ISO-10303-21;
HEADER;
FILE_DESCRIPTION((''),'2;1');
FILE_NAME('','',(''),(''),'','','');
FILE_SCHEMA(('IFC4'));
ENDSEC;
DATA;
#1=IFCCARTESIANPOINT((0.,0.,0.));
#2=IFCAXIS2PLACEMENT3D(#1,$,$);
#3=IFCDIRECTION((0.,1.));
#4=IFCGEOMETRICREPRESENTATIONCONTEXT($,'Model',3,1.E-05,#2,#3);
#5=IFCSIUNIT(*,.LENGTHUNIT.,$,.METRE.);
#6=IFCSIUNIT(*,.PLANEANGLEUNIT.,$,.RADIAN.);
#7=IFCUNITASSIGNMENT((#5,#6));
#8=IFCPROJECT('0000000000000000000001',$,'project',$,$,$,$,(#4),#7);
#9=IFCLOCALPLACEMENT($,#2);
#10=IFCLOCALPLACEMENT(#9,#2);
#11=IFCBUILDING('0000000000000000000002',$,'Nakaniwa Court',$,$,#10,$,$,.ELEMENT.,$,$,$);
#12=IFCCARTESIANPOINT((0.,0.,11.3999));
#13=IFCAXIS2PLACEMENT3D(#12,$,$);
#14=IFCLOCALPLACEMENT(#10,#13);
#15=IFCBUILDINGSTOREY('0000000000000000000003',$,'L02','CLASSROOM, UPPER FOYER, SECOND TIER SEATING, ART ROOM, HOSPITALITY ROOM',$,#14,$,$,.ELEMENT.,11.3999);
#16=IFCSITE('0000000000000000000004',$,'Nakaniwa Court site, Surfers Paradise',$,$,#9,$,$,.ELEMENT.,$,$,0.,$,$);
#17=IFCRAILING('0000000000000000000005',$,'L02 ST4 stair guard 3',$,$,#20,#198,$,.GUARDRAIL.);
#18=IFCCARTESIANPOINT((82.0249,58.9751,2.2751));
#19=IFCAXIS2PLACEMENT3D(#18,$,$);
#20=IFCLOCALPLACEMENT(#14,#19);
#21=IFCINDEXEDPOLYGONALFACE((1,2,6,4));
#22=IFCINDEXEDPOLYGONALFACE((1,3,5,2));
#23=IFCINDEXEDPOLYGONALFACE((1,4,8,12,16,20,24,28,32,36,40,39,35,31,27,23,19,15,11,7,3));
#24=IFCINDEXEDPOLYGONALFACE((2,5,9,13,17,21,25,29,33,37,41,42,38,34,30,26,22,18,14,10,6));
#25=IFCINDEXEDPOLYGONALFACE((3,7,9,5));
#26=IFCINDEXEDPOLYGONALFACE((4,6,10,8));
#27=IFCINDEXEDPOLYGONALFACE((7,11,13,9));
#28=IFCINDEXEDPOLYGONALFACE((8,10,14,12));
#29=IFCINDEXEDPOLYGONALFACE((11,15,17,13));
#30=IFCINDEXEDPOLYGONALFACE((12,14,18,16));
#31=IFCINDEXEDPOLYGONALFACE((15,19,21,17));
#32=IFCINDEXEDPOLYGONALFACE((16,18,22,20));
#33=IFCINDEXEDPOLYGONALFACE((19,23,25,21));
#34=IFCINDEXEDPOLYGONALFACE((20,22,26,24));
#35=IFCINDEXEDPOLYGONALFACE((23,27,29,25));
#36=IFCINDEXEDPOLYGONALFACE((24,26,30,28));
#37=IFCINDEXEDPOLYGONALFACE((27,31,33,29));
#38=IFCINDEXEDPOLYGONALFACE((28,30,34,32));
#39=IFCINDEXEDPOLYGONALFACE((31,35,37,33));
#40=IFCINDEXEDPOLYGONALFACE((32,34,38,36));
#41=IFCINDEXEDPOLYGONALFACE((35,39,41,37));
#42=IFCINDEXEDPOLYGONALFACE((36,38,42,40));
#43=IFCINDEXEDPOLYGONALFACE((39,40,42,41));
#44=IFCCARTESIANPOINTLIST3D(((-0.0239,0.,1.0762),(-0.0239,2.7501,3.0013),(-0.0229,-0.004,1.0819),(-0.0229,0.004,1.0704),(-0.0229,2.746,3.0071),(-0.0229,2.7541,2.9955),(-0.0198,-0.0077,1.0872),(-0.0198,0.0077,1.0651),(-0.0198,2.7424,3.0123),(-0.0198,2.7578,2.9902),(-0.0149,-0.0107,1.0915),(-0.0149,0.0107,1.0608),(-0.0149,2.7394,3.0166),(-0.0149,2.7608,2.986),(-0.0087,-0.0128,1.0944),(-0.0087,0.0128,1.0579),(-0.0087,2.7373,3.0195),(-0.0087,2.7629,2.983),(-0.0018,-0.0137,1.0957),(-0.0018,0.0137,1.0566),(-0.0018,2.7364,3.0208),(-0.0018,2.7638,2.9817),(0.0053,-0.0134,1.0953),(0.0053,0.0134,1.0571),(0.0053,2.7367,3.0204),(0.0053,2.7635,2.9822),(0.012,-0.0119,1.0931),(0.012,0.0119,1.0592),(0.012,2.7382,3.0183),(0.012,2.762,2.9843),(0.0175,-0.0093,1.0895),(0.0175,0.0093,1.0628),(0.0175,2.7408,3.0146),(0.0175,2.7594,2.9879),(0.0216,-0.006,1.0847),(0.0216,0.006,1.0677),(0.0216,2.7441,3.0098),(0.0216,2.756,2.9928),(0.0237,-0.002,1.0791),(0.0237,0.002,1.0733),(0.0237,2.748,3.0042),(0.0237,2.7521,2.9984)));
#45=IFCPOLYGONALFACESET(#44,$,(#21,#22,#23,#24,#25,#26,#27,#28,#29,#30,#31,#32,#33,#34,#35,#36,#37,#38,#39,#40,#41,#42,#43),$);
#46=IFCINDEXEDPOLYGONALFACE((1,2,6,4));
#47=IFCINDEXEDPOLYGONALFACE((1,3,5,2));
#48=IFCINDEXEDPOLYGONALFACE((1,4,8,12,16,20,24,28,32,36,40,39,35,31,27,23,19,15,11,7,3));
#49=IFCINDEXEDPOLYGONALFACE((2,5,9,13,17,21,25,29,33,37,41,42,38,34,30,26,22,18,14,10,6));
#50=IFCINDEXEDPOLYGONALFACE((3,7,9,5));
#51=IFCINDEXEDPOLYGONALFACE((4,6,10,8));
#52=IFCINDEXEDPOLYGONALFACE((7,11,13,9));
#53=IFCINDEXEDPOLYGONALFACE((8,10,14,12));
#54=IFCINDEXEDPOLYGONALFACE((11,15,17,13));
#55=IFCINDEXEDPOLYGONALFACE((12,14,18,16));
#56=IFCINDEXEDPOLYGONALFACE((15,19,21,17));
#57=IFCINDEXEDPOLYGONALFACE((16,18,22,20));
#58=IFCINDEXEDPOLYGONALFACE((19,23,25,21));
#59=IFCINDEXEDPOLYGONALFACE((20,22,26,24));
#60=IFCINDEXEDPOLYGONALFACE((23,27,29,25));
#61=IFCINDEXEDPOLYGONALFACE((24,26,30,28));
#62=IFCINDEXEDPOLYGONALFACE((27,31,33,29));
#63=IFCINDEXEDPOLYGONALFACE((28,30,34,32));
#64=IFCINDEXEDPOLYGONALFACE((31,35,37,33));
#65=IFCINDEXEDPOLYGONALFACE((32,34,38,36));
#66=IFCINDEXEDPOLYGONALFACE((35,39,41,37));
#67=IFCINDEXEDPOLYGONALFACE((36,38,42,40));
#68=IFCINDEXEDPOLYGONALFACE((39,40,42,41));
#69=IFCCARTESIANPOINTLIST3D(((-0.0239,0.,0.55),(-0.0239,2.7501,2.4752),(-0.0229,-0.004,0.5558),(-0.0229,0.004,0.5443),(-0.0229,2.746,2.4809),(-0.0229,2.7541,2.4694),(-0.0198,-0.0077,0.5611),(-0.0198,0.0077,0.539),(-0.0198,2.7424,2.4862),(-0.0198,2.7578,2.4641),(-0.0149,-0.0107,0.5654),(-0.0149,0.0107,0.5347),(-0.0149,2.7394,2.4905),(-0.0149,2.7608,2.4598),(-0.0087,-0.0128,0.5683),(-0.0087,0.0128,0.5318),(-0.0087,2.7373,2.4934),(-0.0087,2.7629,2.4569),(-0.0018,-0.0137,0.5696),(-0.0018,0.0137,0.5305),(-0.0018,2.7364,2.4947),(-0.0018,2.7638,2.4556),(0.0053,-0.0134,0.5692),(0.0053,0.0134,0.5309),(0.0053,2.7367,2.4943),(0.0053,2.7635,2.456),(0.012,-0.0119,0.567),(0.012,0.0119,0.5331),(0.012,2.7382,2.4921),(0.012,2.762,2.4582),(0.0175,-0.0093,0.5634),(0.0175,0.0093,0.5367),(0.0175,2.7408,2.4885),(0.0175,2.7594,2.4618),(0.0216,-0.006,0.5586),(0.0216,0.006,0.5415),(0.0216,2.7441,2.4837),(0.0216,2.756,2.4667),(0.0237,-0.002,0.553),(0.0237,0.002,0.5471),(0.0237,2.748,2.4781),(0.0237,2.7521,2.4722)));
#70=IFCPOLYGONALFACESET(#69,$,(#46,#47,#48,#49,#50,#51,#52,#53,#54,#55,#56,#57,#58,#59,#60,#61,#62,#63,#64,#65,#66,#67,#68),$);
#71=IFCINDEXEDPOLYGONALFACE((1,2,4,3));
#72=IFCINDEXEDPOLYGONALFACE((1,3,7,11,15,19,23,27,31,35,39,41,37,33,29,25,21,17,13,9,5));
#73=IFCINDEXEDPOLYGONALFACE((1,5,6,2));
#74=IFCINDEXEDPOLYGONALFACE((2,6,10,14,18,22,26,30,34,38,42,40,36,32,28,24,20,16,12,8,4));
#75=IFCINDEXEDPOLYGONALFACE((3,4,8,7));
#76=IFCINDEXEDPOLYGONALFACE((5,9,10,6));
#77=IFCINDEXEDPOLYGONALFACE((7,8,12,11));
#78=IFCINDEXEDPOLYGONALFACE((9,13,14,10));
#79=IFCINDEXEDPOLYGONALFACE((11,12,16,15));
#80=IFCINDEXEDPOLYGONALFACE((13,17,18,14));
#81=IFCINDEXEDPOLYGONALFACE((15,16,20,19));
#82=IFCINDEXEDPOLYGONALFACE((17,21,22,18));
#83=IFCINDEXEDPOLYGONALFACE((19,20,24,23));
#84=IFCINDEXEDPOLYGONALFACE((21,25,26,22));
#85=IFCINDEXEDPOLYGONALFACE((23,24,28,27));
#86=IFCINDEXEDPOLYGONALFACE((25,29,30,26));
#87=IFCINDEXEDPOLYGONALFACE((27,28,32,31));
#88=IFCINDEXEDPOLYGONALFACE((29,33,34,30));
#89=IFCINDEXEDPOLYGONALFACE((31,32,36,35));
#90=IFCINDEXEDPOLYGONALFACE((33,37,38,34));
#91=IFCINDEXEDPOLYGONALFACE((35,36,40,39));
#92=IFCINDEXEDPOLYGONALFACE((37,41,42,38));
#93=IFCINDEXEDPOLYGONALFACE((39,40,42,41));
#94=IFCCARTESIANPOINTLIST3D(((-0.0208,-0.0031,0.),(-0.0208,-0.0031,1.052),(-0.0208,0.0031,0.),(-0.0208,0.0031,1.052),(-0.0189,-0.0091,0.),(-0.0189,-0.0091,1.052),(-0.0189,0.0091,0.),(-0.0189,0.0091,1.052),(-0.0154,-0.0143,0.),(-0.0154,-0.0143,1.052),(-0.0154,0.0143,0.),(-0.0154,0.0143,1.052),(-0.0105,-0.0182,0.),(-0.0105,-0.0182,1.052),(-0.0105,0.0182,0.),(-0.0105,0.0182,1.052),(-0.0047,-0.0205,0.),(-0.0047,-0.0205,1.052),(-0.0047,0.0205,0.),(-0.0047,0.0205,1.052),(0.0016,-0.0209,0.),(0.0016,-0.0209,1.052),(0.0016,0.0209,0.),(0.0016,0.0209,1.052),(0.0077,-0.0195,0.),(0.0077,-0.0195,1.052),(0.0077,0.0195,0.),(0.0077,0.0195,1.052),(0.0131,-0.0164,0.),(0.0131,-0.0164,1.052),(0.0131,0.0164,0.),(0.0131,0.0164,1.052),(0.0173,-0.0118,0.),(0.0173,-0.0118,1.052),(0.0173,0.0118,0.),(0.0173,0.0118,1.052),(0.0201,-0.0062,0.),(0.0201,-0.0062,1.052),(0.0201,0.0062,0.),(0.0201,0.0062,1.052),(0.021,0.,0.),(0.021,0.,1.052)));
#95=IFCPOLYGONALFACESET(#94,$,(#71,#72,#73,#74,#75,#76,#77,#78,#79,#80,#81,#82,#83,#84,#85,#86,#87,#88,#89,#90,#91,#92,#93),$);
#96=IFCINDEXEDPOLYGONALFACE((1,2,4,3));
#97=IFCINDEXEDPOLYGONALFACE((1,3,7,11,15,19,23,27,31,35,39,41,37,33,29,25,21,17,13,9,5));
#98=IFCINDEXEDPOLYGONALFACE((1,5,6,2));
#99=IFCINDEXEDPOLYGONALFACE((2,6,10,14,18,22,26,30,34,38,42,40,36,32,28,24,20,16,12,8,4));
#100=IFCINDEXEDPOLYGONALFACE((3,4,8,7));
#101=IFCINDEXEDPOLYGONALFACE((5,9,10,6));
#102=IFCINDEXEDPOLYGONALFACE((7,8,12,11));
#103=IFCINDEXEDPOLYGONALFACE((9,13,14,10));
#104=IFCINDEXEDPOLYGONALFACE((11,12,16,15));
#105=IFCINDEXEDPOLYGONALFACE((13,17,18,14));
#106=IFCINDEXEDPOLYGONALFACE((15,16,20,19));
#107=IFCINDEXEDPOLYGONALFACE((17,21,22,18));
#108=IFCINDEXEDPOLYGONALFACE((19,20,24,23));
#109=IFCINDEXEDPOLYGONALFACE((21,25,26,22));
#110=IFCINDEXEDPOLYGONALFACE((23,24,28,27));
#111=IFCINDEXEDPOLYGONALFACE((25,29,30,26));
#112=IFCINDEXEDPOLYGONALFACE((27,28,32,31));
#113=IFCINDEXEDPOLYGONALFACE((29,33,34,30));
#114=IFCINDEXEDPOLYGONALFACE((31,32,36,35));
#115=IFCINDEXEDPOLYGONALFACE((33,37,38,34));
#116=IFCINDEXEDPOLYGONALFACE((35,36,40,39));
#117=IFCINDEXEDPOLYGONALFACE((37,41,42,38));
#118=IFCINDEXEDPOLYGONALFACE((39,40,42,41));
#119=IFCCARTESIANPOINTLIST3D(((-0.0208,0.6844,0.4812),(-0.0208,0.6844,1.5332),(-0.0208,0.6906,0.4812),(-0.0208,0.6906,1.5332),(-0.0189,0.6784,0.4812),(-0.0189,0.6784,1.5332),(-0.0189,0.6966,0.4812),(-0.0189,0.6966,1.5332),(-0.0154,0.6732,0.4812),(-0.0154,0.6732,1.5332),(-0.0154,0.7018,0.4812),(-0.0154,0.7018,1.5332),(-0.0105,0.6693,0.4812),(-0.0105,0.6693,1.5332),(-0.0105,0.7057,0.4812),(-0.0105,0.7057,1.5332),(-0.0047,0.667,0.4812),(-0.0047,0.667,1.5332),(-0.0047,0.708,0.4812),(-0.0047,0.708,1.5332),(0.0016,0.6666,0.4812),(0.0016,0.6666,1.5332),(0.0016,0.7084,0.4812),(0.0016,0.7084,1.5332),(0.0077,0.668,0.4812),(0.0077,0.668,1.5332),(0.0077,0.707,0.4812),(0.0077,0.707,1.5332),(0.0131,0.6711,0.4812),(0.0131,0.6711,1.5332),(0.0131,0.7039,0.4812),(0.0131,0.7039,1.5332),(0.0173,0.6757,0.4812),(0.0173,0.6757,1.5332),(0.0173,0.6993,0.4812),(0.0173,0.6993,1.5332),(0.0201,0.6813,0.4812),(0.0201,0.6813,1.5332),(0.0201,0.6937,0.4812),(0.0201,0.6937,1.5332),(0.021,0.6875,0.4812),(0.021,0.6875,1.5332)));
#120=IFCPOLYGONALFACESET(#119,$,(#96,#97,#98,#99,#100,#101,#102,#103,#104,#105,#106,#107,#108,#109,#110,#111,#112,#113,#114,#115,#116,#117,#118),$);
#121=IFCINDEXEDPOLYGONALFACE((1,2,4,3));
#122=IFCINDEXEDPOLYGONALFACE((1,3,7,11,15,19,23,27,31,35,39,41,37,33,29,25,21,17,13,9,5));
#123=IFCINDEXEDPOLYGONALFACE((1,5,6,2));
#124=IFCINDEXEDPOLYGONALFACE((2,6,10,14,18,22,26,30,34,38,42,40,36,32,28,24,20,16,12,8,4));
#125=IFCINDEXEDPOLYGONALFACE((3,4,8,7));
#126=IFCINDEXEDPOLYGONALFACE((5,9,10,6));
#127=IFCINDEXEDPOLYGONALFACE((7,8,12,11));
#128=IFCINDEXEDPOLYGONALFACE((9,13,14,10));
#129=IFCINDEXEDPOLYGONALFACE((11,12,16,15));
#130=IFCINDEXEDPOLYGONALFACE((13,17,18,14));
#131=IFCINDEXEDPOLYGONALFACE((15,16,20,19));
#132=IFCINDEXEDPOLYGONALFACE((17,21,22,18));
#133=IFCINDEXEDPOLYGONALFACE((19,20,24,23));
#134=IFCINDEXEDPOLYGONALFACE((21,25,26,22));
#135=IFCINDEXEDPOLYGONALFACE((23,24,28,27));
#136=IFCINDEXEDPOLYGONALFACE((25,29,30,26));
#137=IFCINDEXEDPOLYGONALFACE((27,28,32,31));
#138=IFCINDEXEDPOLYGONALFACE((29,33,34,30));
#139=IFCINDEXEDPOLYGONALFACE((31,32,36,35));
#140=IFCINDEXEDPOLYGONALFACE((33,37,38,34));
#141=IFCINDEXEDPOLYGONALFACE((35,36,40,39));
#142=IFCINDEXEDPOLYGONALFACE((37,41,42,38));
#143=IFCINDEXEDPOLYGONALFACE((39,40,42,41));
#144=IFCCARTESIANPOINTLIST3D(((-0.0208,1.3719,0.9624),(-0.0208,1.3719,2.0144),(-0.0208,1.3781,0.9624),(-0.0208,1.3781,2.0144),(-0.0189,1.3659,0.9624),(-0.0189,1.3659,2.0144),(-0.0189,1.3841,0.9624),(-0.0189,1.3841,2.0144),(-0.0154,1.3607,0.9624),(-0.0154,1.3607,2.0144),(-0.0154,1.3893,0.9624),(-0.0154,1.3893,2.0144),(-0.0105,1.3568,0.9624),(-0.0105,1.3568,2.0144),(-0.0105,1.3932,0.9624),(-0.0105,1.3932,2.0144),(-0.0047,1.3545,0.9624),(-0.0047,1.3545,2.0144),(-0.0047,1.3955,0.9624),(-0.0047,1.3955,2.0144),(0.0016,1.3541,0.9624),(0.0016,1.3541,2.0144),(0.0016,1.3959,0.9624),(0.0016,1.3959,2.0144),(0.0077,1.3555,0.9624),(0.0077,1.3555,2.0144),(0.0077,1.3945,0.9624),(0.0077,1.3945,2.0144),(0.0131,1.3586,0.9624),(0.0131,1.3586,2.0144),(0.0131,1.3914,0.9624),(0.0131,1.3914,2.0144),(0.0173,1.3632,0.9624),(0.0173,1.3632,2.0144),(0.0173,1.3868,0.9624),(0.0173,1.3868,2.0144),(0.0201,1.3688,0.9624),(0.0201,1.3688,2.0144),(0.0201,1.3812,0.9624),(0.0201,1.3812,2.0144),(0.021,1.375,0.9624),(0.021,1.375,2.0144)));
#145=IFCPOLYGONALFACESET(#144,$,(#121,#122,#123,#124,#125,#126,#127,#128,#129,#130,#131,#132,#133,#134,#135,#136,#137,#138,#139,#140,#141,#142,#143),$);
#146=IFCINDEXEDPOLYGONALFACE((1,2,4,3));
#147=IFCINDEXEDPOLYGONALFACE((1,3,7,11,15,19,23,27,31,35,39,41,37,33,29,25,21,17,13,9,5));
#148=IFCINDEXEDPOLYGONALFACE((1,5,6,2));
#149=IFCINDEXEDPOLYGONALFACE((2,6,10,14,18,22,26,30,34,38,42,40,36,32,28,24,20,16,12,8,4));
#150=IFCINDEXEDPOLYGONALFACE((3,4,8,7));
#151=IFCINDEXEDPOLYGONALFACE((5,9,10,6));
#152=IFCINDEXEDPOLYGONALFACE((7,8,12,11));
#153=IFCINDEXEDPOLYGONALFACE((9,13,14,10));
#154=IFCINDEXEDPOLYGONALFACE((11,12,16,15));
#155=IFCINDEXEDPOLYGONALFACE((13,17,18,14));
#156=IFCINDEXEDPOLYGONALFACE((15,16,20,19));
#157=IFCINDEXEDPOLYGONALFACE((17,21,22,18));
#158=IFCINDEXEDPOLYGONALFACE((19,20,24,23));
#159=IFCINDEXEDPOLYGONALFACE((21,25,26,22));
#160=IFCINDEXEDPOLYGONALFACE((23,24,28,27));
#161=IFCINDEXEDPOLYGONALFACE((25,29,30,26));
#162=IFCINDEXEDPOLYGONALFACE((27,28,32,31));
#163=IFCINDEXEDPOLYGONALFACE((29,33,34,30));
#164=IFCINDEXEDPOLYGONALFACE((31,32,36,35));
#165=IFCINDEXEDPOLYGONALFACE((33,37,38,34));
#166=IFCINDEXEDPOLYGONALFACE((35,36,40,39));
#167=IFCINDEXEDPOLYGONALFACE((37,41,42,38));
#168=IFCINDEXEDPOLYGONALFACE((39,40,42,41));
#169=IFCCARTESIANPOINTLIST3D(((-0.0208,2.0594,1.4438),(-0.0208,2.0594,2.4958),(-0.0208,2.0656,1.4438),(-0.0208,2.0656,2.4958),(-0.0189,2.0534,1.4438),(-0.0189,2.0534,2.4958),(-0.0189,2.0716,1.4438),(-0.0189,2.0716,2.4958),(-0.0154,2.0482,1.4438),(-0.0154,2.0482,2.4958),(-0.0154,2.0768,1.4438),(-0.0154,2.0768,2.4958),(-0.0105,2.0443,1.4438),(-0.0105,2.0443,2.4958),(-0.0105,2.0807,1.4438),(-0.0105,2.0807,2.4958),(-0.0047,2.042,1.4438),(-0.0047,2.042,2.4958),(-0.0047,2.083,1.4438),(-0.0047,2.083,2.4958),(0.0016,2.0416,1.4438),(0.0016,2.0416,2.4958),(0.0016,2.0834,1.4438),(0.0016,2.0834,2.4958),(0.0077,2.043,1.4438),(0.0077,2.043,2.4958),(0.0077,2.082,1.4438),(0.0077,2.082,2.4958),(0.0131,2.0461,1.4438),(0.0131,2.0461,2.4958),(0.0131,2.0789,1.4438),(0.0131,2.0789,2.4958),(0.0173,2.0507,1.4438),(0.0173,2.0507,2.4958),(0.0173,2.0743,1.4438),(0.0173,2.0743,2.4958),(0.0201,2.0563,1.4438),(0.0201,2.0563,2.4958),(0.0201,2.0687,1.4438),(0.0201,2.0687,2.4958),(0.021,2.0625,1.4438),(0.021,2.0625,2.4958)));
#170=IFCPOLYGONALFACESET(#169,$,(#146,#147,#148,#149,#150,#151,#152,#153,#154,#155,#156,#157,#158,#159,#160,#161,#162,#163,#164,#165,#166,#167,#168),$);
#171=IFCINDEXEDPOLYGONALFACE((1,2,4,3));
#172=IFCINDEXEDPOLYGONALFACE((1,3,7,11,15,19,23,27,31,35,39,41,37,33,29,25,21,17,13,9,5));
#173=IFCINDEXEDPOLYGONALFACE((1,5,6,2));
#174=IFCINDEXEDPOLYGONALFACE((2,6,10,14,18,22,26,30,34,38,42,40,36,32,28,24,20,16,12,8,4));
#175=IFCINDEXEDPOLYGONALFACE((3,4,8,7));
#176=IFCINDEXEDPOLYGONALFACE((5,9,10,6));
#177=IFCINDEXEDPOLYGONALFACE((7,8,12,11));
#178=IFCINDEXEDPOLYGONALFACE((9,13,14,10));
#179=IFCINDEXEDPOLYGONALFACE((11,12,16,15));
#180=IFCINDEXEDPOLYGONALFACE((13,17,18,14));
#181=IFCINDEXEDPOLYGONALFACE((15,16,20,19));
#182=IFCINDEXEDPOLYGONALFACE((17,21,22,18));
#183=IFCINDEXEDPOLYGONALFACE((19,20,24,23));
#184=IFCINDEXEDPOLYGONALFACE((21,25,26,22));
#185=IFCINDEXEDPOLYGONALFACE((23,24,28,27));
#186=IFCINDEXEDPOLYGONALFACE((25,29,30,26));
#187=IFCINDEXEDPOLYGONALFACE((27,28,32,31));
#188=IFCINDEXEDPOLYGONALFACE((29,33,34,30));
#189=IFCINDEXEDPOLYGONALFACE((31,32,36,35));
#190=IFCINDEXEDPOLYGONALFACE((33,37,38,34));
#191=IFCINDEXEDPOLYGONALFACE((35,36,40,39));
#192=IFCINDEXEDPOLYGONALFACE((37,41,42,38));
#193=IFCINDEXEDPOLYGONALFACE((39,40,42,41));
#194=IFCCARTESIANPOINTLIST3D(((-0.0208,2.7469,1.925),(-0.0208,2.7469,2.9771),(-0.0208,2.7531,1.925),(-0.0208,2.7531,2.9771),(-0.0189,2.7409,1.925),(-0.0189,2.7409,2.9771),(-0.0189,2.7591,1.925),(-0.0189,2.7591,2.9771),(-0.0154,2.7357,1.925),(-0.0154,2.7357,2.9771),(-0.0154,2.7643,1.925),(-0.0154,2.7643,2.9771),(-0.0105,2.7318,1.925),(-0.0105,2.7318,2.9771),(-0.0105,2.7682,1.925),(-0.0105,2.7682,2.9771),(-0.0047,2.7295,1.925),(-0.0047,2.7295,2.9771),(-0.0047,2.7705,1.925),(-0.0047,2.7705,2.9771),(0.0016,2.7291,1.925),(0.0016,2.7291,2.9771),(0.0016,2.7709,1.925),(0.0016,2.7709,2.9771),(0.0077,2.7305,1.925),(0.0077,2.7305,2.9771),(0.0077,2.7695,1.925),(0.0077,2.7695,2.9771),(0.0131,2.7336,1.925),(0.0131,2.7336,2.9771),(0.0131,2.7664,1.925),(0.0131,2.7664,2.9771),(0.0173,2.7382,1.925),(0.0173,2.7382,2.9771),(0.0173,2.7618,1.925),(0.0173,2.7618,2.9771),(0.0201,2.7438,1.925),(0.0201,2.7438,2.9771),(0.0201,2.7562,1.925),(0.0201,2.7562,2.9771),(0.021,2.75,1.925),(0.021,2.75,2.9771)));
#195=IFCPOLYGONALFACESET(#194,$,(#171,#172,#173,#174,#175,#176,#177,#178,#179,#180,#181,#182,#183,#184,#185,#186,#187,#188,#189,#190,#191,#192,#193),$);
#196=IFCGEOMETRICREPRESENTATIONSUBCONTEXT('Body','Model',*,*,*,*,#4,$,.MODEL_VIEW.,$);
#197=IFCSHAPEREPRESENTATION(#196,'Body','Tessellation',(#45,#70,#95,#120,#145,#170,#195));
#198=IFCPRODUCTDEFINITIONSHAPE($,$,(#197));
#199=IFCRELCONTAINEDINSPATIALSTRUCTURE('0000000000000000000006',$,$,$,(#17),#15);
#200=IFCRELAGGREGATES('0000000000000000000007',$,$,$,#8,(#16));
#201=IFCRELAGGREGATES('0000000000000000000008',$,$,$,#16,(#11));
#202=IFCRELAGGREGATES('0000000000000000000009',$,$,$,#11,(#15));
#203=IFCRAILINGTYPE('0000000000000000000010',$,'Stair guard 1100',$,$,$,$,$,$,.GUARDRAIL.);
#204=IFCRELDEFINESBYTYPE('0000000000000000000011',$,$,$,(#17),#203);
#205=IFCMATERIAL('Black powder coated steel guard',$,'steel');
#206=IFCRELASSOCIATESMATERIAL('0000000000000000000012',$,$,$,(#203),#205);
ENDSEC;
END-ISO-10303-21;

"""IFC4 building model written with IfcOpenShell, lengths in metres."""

from ifc_helpers import new_model, si_unit, direction, frame, origin, origin_2d, place, context, subcontext, project, spatial, circle, extrude, material, type_object, element, save


model = new_model("IFC4")

# Units and contexts
model_context = context("Model", 3, precision=1e-05, world=origin(), true_north=direction((0.0, 1.0)))
body_context = subcontext(model_context, "Body", "Model", "MODEL_VIEW")
ifc_project = project(units=[si_unit("LENGTHUNIT", "METRE"), si_unit("PLANEANGLEUNIT", "RADIAN")], contexts=[model_context])

# Site, building, storey
site_placement = place(None, origin())
site = spatial("IfcSite", under=ifc_project, at=site_placement, Name="Nakaniwa Court site, Surfers Paradise", CompositionType="ELEMENT", RefElevation=0.0)
building_placement = place(site_placement, origin())
building = spatial("IfcBuilding", under=site, at=building_placement, Name="Nakaniwa Court", CompositionType="ELEMENT")
storey_placement = place(building_placement, frame((0.0, 0.0, 11.3999)))
storey = spatial("IfcBuildingStorey", under=building, at=storey_placement, Name="L02", Description="CLASSROOM, UPPER FOYER, SECOND TIER SEATING, ART ROOM, HOSPITALITY ROOM", CompositionType="ELEMENT", Elevation=11.3999)

# Railing
ifc_material_1 = material(Name="Black powder coated steel guard", Category="steel")
railing_type_1 = type_object("IfcRailingType", Name="Stair guard 1100", PredefinedType="GUARDRAIL", material=ifc_material_1)
railing_1_placement = place(storey_placement, frame((82.0249, 58.9751, 2.2751)))
element("IfcRailing", 1, at=railing_1_placement, inside=storey, type_object=railing_type_1, Name="L02 ST4 stair guard 3", PredefinedType="GUARDRAIL", context=body_context, shape_type="SweptSolid", body=[
    extrude(circle(Radius=0.0239, at=origin_2d()), frame((0.0, 0.0, 1.0762), z_axis=(0.0, 0.819225, 0.573472), x_axis=(-1.0, 0.0, 0.0)), (0.0, 0.0, 1.0), 3.3569),
    extrude(circle(Radius=0.0239, at=origin_2d()), frame((0.0, 0.0, 0.55), z_axis=(0.0, 0.819225, 0.573472), x_axis=(-1.0, 0.0, 0.0)), (0.0, 0.0, 1.0), 3.3569),
    extrude(circle(Radius=0.021, at=origin_2d()), origin(), (0.0, 0.0, 1.0), 1.052),
    extrude(circle(Radius=0.021, at=origin_2d()), frame((0.0, 0.6875, 0.4812)), (0.0, 0.0, 1.0), 1.052),
    extrude(circle(Radius=0.021, at=origin_2d()), frame((0.0, 1.375, 0.9624)), (0.0, 0.0, 1.0), 1.052),
    extrude(circle(Radius=0.021, at=origin_2d()), frame((0.0, 2.0625, 1.4438)), (0.0, 0.0, 1.0), 1.052),
    extrude(circle(Radius=0.021, at=origin_2d()), frame((0.0, 2.75, 1.925)), (0.0, 0.0, 1.0), 1.052),
])

save(model, "model.ifc")
